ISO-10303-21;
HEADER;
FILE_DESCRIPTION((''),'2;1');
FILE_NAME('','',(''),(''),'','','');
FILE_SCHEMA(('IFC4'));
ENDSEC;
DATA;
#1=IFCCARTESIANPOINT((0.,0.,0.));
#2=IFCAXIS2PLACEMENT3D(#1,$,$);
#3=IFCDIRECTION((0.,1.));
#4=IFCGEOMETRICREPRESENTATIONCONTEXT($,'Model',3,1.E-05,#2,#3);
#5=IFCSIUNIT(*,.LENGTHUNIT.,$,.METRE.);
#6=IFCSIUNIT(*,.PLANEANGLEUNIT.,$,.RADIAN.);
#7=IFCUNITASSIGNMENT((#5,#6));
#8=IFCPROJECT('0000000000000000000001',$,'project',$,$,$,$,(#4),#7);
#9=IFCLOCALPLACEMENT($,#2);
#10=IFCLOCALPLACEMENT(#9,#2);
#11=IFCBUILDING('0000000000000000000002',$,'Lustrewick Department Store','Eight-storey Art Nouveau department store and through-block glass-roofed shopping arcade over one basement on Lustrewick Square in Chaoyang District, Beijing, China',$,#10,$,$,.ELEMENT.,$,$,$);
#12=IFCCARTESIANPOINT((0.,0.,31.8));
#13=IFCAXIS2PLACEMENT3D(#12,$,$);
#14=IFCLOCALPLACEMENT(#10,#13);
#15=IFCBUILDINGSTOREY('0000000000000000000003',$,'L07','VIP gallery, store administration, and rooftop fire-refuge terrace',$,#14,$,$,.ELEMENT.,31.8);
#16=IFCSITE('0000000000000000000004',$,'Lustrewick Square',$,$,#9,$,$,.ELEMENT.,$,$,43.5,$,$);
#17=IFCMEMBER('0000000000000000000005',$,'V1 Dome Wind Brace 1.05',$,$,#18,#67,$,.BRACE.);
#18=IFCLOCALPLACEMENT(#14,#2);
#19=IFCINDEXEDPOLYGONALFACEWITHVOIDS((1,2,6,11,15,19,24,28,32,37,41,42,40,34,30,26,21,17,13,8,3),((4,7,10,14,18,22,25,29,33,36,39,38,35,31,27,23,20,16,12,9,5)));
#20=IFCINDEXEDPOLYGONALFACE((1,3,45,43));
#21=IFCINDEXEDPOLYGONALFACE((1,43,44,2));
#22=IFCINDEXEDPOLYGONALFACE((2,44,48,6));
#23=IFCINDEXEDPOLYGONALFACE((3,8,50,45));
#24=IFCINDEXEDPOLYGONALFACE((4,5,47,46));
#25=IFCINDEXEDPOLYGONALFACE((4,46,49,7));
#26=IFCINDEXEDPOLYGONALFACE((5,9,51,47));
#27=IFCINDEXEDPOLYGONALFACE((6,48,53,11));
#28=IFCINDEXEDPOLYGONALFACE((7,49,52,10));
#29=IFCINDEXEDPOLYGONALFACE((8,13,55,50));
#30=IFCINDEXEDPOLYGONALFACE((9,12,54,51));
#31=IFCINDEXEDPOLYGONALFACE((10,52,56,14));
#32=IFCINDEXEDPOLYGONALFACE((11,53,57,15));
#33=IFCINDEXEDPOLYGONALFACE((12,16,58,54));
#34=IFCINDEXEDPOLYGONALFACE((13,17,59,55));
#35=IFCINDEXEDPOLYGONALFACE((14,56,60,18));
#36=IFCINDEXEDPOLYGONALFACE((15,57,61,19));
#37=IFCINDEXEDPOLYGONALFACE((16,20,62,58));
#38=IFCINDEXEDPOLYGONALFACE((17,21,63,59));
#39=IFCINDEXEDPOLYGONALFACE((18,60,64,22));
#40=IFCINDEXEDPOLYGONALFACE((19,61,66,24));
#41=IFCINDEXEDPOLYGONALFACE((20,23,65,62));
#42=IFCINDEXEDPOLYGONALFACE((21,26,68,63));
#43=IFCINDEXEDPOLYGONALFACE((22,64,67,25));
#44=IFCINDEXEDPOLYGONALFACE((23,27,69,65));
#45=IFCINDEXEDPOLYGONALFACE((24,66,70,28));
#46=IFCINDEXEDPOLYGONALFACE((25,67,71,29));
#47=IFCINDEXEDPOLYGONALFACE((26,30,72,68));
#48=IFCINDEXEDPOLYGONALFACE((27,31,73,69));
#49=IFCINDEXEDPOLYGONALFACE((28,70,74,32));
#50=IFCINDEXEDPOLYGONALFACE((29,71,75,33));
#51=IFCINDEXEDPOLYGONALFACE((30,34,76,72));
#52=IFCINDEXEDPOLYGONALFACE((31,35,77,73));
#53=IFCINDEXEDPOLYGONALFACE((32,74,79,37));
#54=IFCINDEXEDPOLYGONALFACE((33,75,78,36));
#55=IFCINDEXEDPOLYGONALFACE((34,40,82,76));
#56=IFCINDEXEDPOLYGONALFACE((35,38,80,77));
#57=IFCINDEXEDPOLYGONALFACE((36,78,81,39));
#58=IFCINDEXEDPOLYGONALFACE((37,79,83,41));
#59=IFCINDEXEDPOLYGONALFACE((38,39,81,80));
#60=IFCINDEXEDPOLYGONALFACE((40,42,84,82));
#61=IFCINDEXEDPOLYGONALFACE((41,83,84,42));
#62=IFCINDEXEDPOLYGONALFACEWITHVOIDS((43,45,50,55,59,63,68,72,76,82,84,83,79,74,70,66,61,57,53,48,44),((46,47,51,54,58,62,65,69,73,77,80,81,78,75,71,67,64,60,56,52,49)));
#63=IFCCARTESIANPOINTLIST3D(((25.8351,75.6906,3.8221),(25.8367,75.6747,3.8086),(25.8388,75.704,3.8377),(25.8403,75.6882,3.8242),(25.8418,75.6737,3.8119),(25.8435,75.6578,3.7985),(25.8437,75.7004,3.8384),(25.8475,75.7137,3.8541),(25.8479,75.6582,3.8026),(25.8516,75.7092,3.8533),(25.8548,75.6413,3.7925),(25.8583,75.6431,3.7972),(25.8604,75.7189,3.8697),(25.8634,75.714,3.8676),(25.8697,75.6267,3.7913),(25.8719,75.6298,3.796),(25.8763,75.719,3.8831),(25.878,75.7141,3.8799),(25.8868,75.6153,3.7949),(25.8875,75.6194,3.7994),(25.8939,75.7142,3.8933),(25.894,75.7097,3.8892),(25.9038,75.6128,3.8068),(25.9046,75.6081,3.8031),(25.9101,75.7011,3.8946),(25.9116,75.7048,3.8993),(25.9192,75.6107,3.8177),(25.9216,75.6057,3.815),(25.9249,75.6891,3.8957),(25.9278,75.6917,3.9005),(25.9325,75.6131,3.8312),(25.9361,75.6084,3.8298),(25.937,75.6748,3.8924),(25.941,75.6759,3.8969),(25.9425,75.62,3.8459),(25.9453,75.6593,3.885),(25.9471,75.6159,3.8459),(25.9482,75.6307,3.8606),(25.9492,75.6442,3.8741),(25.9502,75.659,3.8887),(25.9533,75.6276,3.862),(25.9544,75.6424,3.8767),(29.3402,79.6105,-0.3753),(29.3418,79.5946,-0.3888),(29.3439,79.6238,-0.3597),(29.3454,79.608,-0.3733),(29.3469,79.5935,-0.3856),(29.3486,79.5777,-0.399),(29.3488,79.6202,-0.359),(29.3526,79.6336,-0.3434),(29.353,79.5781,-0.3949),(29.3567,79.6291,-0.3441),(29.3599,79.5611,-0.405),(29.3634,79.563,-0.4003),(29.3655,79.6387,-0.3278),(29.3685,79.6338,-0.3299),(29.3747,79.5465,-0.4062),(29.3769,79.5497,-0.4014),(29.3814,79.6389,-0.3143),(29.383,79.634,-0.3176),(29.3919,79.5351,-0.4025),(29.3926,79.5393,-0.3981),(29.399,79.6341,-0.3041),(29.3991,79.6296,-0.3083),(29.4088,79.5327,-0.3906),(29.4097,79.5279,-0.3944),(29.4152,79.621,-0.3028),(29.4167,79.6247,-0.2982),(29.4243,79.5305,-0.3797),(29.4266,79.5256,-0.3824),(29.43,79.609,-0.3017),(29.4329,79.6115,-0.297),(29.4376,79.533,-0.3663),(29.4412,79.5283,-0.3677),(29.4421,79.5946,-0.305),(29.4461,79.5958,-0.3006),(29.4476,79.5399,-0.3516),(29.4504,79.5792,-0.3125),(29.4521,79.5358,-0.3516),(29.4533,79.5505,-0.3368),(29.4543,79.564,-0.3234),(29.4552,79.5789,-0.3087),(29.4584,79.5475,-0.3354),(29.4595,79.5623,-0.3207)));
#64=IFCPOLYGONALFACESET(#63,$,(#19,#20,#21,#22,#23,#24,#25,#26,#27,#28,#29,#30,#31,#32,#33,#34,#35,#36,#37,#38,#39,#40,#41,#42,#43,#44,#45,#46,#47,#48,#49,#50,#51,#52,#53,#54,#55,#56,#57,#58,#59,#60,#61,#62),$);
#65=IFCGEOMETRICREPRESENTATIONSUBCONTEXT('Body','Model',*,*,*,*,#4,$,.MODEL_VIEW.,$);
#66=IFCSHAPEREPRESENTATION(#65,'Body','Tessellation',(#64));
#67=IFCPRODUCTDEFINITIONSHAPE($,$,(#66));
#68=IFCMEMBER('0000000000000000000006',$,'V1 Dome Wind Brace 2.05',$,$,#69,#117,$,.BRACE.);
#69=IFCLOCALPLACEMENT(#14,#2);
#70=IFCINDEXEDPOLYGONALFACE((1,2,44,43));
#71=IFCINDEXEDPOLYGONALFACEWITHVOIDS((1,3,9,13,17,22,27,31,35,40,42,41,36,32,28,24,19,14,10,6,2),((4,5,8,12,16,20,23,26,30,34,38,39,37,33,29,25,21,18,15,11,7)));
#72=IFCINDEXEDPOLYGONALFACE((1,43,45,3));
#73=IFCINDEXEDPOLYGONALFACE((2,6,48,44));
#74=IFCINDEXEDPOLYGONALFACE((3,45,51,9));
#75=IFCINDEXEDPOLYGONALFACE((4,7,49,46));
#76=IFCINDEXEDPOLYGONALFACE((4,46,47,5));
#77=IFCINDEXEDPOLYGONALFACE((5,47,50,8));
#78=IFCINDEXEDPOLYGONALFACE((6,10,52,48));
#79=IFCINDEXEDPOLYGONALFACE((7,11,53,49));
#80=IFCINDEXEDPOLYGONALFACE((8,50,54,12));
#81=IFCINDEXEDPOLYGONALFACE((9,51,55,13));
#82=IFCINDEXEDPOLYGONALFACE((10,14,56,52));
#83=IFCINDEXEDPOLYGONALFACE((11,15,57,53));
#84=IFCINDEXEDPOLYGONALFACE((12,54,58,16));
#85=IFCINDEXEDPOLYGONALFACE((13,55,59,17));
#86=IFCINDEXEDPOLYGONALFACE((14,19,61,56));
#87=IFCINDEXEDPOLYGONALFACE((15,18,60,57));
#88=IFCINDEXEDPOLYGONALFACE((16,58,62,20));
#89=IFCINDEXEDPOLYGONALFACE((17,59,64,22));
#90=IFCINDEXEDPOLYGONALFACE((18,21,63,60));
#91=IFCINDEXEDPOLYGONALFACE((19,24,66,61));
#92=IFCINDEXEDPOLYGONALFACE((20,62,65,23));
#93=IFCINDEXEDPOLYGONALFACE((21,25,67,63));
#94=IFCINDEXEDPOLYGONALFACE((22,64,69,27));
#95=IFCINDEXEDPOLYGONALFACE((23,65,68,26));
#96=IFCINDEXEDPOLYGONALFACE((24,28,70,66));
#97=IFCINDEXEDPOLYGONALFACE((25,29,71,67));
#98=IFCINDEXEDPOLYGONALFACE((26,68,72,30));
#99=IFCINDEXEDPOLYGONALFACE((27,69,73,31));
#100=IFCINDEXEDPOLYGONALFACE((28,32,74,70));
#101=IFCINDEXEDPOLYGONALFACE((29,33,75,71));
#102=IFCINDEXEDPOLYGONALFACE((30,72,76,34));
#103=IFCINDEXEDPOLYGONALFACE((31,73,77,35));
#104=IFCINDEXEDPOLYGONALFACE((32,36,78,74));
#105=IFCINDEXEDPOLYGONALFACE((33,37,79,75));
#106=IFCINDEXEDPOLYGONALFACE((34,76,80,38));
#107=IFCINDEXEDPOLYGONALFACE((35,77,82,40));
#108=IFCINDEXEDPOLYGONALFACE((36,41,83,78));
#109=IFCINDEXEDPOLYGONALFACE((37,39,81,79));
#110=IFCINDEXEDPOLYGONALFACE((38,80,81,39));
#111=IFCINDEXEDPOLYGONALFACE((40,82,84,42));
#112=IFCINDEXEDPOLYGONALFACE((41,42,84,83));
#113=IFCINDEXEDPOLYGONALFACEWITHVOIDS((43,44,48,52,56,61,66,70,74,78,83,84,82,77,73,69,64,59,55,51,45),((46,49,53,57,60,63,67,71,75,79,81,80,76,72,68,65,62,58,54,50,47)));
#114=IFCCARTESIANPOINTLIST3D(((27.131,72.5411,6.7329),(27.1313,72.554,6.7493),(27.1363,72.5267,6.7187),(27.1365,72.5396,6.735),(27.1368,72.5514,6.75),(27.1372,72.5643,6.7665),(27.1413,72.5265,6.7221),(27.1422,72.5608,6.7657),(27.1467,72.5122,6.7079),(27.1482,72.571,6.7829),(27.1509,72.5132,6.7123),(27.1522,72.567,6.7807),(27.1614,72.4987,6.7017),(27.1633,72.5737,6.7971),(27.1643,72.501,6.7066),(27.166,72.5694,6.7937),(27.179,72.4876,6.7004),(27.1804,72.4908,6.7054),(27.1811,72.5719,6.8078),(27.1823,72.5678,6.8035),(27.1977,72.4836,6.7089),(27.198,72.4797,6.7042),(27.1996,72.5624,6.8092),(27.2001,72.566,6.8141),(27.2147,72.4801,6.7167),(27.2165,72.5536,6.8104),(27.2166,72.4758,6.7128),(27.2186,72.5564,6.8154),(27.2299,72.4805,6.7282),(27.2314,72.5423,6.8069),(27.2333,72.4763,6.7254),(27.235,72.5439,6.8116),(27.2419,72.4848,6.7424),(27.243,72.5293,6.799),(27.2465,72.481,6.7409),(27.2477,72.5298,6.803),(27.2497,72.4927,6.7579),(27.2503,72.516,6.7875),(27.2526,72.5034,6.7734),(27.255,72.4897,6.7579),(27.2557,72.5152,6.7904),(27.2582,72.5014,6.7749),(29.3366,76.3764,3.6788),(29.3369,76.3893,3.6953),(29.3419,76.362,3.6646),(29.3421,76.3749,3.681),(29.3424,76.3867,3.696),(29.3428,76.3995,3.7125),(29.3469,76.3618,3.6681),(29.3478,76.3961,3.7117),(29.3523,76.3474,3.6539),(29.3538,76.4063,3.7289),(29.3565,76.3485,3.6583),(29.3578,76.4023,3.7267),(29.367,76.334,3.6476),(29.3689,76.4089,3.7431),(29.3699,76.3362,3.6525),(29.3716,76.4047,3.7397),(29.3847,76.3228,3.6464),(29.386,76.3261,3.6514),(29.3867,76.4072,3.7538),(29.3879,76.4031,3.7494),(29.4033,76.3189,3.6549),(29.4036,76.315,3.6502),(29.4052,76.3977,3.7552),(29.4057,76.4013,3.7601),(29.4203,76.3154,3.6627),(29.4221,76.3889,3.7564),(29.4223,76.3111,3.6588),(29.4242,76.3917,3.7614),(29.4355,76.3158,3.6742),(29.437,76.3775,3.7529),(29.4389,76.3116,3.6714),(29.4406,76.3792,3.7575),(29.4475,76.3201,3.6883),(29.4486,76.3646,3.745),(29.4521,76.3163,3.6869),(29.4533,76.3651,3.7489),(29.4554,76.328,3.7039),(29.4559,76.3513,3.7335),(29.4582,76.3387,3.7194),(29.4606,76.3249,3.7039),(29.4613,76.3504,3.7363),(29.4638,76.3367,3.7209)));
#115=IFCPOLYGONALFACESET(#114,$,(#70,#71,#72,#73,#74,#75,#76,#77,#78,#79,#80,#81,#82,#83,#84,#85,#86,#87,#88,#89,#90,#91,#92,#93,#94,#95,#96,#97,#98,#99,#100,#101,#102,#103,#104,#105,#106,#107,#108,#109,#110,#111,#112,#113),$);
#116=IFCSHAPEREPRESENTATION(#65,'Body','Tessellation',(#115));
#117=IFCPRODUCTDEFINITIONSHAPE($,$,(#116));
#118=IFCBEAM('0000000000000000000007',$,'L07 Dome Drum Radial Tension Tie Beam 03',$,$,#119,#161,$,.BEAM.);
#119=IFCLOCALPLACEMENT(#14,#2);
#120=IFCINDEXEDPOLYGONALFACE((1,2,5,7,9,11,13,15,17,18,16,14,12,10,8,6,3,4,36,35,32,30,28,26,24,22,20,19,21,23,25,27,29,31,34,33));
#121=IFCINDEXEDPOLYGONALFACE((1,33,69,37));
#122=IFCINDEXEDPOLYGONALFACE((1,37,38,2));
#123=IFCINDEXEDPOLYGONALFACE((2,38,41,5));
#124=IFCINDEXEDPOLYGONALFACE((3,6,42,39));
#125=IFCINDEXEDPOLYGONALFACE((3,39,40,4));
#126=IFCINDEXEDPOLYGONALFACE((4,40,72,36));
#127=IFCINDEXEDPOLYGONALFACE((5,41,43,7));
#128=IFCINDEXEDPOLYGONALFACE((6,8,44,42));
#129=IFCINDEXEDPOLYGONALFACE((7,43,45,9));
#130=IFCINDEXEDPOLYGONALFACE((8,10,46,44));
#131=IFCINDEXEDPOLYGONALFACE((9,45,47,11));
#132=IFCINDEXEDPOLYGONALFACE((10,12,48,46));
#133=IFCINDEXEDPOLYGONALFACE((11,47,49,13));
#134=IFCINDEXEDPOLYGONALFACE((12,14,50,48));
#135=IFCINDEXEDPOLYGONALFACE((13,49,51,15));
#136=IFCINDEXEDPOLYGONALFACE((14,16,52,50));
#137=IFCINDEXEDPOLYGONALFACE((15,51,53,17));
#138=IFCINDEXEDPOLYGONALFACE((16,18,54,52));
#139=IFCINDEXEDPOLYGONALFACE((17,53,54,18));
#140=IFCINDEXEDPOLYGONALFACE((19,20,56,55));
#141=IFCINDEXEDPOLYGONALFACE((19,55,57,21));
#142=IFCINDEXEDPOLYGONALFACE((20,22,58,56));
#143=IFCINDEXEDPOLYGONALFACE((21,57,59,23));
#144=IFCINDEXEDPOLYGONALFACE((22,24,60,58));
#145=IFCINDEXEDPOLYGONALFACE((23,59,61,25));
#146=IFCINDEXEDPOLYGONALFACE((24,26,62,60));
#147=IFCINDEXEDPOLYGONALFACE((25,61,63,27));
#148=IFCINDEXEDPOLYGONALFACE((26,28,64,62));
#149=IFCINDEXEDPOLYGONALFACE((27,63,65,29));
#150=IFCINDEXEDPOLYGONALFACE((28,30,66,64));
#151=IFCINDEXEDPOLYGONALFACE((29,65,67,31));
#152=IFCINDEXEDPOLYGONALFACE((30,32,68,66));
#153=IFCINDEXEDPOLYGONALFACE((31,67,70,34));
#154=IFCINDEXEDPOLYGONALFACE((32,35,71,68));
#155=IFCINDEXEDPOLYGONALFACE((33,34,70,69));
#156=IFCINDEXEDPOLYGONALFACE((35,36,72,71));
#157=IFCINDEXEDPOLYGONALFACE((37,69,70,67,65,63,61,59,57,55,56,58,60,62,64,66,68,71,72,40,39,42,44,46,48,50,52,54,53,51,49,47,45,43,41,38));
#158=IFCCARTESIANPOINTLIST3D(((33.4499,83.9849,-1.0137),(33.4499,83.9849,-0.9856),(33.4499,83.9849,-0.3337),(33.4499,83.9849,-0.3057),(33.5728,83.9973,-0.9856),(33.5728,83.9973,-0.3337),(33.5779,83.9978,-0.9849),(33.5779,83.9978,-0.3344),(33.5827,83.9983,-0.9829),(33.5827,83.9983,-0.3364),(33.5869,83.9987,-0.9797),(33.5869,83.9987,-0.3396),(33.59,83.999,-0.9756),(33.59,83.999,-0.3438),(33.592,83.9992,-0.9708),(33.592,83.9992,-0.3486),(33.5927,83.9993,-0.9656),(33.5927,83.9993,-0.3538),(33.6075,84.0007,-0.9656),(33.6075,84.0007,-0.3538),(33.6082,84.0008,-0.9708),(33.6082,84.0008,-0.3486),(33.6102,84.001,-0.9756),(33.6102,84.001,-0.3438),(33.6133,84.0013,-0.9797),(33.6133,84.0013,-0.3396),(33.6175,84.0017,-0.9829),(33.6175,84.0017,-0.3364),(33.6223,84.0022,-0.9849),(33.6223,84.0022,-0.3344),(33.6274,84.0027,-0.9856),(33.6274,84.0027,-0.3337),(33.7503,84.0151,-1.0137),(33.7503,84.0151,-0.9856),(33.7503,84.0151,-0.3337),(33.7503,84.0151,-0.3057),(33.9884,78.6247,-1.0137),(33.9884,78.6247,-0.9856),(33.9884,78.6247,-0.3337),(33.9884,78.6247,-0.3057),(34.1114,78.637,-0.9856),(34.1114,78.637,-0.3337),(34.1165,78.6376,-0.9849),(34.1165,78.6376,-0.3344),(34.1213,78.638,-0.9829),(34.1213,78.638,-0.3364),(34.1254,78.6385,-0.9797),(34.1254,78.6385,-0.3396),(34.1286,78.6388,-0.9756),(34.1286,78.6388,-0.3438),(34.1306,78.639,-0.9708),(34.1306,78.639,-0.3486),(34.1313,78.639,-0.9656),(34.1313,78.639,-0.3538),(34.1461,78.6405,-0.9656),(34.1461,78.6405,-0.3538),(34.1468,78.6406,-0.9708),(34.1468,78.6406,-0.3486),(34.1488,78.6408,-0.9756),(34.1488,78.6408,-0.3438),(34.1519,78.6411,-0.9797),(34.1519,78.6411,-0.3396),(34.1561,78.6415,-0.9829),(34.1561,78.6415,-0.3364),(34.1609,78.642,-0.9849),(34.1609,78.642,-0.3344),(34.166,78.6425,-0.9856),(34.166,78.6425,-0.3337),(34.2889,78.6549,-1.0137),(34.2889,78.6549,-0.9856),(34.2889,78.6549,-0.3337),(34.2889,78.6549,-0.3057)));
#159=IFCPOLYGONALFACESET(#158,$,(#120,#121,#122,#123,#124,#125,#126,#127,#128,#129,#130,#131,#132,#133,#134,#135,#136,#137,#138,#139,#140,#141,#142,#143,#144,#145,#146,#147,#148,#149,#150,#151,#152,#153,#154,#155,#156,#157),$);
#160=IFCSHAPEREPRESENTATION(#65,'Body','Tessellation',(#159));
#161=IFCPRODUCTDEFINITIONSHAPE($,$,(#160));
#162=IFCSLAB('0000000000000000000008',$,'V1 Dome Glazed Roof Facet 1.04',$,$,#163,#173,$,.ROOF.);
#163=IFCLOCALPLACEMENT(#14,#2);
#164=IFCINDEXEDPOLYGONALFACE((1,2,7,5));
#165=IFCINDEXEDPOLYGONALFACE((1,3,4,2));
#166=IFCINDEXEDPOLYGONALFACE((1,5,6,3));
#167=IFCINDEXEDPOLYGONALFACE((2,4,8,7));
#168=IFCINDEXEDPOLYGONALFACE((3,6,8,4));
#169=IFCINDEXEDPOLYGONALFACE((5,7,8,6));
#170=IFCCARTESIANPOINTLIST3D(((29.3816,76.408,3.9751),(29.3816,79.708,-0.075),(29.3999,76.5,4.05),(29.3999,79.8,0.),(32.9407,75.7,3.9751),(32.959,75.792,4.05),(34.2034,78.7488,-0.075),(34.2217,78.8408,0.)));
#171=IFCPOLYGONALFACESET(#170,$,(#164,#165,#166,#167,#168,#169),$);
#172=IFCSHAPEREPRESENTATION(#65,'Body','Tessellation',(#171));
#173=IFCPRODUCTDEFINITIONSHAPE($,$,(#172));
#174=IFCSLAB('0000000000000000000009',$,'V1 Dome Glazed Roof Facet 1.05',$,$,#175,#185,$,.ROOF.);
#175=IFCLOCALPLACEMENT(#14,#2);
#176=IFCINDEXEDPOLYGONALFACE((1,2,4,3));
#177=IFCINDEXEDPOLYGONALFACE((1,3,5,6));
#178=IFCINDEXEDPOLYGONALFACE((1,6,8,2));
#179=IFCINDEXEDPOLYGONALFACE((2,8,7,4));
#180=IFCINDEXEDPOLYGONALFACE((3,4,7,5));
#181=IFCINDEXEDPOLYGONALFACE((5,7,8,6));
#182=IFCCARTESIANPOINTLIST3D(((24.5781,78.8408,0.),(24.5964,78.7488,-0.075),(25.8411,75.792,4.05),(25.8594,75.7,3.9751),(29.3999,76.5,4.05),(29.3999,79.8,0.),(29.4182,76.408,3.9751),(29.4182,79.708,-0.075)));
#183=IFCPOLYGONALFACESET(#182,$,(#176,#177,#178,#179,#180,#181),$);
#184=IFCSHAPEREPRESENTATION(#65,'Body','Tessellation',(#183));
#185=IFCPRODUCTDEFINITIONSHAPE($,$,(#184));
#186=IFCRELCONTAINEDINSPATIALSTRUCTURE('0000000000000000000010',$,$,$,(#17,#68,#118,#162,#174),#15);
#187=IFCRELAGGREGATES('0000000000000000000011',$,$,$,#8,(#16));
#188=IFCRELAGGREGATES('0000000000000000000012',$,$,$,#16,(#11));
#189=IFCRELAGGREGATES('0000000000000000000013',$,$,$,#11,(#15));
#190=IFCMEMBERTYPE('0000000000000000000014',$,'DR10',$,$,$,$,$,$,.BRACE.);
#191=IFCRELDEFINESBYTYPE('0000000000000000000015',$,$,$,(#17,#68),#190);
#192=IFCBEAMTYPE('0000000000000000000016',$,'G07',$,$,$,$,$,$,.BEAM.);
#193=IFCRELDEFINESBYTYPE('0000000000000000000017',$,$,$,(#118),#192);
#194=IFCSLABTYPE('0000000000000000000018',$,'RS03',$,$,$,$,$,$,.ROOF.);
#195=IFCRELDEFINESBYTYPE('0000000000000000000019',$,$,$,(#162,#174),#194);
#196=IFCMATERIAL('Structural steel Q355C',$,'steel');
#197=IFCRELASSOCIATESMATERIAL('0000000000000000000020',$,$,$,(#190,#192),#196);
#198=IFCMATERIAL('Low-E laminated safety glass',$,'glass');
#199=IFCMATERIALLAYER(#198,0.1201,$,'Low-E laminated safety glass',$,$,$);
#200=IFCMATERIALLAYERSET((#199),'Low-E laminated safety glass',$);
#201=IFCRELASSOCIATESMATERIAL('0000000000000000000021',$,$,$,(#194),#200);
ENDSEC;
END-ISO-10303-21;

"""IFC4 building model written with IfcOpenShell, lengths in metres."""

from ifc_helpers import new_model, si_unit, direction, frame, origin, origin_2d, place, context, subcontext, project, spatial, polyline, hollow_circle, i_section, outline, extrude, material, layer, layer_set, material_profile, profile_set, type_object, element, save


model = new_model("IFC4")

# Units and contexts
model_context = context("Model", 3, precision=1e-05, world=origin(), true_north=direction((0.0, 1.0)))
body_context = subcontext(model_context, "Body", "Model", "MODEL_VIEW")
ifc_project = project(units=[si_unit("LENGTHUNIT", "METRE"), si_unit("PLANEANGLEUNIT", "RADIAN")], contexts=[model_context])

# Site, building, storey
site_placement = place(None, origin())
site = spatial("IfcSite", under=ifc_project, at=site_placement, Name="Lustrewick Square", CompositionType="ELEMENT", RefElevation=43.5)
building_placement = place(site_placement, origin())
building = spatial("IfcBuilding", under=site, at=building_placement, Name="Lustrewick Department Store", Description="Eight-storey Art Nouveau department store and through-block glass-roofed shopping arcade over one basement on Lustrewick Square in Chaoyang District, Beijing, China", CompositionType="ELEMENT")
storey_placement = place(building_placement, frame((0.0, 0.0, 31.8)))
storey = spatial("IfcBuildingStorey", under=building, at=storey_placement, Name="L07", Description="VIP gallery, store administration, and rooftop fire-refuge terrace", CompositionType="ELEMENT", Elevation=31.8)

# Members
ifc_material_1 = material(Name="Structural steel Q355C", Category="steel")
ifc_material_profile_1 = material_profile(ifc_material_1, hollow_circle(Radius=0.0701, WallThickness=0.0061, at=origin_2d()), Name="CHS 140x6")
ifc_profile_set_1 = profile_set([ifc_material_profile_1], Name="Structural steel Q355C")
member_type_1 = type_object("IfcMemberType", Name="DR10", PredefinedType="BRACE", material=ifc_profile_set_1)
member_1_placement = place(storey_placement, frame((29.3999, 79.5825, -0.3516), z_axis=(-0.520948, -0.582597, 0.623854), x_axis=(0.745446, -0.666565, 0.0)))
element("IfcMember", 1, at=member_1_placement, inside=storey, type_object=member_type_1, Name="V1 Dome Wind Brace 1.05", PredefinedType="BRACE", context=body_context, shape_type="SweptSolid", body=[
    extrude(hollow_circle(Radius=0.0701, WallThickness=0.0061, at=origin_2d()), origin(), (0.0, 0.0, 1.0), 6.7283),
])
member_2_placement = place(storey_placement, frame((29.3999, 76.3599, 3.7039), z_axis=(-0.410272, -0.713411, 0.568086), x_axis=(0.866875, -0.498526, 0.0)))
element("IfcMember", 2, at=member_2_placement, inside=storey, type_object=member_type_1, Name="V1 Dome Wind Brace 2.05", PredefinedType="BRACE", context=body_context, shape_type="SweptSolid", body=[
    extrude(hollow_circle(Radius=0.0701, WallThickness=0.0061, at=origin_2d()), origin(), (0.0, 0.0, 1.0), 5.376),
])

# Beam
ifc_material_profile_2 = material_profile(ifc_material_1, i_section(OverallWidth=0.302, OverallDepth=0.708, WebThickness=0.0149, FlangeThickness=0.0281, FilletRadius=0.02, at=origin_2d()), Name="HN 708x302x15x28")
ifc_profile_set_2 = profile_set([ifc_material_profile_2], Name="Structural steel Q355C")
beam_type = type_object("IfcBeamType", Name="G07", PredefinedType="BEAM", material=ifc_profile_set_2)
beam_placement = place(storey_placement, frame((33.6001, 84.0, -0.6597), z_axis=(0.099975, -0.99499, 0.0), x_axis=(0.99499, 0.099975, 0.0)))
element("IfcBeam", 3, at=beam_placement, inside=storey, type_object=beam_type, Name="L07 Dome Drum Radial Tension Tie Beam 03", PredefinedType="BEAM", context=body_context, shape_type="SweptSolid", body=[
    extrude(i_section(OverallWidth=0.302, OverallDepth=0.708, WebThickness=0.0149, FlangeThickness=0.0281, FilletRadius=0.02, at=origin_2d()), origin(), (0.0, 0.0, 1.0), 5.3872),
])

# Slabs
ifc_material_2 = material(Name="Low-E laminated safety glass", Category="glass")
ifc_layer = layer(ifc_material_2, 0.1201, Name="Low-E laminated safety glass")
ifc_layer_set = layer_set([ifc_layer], Name="Low-E laminated safety glass")
slab_type = type_object("IfcSlabType", Name="RS03", PredefinedType="ROOF", material=ifc_layer_set)
slab_1_placement = place(storey_placement, frame((34.2217, 78.8408, 0.0), z_axis=(0.152419, 0.766178, 0.624292), x_axis=(-0.980781, 0.195112, -0.000001)))
element("IfcSlab", 4, at=slab_1_placement, inside=storey, type_object=slab_type, Name="V1 Dome Glazed Roof Facet 1.04", PredefinedType="ROOF", context=body_context, shape_type="SweptSolid", body=[
    extrude(outline(polyline([(0.0, 0.0), (4.9163, 0.0), (4.2724, 5.1845), (0.6436, 5.1844), (0.0, 0.0)])), origin(), (0.0, 0.0, -1.0), 0.1201),
])
slab_2_placement = place(storey_placement, frame((29.3999, 79.8, 0.0), z_axis=(-0.152422, 0.766175, 0.624295), x_axis=(-0.98078, -0.195115, -0.000001)))
element("IfcSlab", 5, at=slab_2_placement, inside=storey, type_object=slab_type, Name="V1 Dome Glazed Roof Facet 1.05", PredefinedType="ROOF", context=body_context, shape_type="SweptSolid", body=[
    extrude(outline(polyline([(0.0, 0.0), (4.9163, 0.0), (4.2725, 5.1845), (0.6439, 5.1845), (0.0, 0.0)])), origin(), (0.0, 0.0, -1.0), 0.1201),
])

save(model, "model.ifc")
